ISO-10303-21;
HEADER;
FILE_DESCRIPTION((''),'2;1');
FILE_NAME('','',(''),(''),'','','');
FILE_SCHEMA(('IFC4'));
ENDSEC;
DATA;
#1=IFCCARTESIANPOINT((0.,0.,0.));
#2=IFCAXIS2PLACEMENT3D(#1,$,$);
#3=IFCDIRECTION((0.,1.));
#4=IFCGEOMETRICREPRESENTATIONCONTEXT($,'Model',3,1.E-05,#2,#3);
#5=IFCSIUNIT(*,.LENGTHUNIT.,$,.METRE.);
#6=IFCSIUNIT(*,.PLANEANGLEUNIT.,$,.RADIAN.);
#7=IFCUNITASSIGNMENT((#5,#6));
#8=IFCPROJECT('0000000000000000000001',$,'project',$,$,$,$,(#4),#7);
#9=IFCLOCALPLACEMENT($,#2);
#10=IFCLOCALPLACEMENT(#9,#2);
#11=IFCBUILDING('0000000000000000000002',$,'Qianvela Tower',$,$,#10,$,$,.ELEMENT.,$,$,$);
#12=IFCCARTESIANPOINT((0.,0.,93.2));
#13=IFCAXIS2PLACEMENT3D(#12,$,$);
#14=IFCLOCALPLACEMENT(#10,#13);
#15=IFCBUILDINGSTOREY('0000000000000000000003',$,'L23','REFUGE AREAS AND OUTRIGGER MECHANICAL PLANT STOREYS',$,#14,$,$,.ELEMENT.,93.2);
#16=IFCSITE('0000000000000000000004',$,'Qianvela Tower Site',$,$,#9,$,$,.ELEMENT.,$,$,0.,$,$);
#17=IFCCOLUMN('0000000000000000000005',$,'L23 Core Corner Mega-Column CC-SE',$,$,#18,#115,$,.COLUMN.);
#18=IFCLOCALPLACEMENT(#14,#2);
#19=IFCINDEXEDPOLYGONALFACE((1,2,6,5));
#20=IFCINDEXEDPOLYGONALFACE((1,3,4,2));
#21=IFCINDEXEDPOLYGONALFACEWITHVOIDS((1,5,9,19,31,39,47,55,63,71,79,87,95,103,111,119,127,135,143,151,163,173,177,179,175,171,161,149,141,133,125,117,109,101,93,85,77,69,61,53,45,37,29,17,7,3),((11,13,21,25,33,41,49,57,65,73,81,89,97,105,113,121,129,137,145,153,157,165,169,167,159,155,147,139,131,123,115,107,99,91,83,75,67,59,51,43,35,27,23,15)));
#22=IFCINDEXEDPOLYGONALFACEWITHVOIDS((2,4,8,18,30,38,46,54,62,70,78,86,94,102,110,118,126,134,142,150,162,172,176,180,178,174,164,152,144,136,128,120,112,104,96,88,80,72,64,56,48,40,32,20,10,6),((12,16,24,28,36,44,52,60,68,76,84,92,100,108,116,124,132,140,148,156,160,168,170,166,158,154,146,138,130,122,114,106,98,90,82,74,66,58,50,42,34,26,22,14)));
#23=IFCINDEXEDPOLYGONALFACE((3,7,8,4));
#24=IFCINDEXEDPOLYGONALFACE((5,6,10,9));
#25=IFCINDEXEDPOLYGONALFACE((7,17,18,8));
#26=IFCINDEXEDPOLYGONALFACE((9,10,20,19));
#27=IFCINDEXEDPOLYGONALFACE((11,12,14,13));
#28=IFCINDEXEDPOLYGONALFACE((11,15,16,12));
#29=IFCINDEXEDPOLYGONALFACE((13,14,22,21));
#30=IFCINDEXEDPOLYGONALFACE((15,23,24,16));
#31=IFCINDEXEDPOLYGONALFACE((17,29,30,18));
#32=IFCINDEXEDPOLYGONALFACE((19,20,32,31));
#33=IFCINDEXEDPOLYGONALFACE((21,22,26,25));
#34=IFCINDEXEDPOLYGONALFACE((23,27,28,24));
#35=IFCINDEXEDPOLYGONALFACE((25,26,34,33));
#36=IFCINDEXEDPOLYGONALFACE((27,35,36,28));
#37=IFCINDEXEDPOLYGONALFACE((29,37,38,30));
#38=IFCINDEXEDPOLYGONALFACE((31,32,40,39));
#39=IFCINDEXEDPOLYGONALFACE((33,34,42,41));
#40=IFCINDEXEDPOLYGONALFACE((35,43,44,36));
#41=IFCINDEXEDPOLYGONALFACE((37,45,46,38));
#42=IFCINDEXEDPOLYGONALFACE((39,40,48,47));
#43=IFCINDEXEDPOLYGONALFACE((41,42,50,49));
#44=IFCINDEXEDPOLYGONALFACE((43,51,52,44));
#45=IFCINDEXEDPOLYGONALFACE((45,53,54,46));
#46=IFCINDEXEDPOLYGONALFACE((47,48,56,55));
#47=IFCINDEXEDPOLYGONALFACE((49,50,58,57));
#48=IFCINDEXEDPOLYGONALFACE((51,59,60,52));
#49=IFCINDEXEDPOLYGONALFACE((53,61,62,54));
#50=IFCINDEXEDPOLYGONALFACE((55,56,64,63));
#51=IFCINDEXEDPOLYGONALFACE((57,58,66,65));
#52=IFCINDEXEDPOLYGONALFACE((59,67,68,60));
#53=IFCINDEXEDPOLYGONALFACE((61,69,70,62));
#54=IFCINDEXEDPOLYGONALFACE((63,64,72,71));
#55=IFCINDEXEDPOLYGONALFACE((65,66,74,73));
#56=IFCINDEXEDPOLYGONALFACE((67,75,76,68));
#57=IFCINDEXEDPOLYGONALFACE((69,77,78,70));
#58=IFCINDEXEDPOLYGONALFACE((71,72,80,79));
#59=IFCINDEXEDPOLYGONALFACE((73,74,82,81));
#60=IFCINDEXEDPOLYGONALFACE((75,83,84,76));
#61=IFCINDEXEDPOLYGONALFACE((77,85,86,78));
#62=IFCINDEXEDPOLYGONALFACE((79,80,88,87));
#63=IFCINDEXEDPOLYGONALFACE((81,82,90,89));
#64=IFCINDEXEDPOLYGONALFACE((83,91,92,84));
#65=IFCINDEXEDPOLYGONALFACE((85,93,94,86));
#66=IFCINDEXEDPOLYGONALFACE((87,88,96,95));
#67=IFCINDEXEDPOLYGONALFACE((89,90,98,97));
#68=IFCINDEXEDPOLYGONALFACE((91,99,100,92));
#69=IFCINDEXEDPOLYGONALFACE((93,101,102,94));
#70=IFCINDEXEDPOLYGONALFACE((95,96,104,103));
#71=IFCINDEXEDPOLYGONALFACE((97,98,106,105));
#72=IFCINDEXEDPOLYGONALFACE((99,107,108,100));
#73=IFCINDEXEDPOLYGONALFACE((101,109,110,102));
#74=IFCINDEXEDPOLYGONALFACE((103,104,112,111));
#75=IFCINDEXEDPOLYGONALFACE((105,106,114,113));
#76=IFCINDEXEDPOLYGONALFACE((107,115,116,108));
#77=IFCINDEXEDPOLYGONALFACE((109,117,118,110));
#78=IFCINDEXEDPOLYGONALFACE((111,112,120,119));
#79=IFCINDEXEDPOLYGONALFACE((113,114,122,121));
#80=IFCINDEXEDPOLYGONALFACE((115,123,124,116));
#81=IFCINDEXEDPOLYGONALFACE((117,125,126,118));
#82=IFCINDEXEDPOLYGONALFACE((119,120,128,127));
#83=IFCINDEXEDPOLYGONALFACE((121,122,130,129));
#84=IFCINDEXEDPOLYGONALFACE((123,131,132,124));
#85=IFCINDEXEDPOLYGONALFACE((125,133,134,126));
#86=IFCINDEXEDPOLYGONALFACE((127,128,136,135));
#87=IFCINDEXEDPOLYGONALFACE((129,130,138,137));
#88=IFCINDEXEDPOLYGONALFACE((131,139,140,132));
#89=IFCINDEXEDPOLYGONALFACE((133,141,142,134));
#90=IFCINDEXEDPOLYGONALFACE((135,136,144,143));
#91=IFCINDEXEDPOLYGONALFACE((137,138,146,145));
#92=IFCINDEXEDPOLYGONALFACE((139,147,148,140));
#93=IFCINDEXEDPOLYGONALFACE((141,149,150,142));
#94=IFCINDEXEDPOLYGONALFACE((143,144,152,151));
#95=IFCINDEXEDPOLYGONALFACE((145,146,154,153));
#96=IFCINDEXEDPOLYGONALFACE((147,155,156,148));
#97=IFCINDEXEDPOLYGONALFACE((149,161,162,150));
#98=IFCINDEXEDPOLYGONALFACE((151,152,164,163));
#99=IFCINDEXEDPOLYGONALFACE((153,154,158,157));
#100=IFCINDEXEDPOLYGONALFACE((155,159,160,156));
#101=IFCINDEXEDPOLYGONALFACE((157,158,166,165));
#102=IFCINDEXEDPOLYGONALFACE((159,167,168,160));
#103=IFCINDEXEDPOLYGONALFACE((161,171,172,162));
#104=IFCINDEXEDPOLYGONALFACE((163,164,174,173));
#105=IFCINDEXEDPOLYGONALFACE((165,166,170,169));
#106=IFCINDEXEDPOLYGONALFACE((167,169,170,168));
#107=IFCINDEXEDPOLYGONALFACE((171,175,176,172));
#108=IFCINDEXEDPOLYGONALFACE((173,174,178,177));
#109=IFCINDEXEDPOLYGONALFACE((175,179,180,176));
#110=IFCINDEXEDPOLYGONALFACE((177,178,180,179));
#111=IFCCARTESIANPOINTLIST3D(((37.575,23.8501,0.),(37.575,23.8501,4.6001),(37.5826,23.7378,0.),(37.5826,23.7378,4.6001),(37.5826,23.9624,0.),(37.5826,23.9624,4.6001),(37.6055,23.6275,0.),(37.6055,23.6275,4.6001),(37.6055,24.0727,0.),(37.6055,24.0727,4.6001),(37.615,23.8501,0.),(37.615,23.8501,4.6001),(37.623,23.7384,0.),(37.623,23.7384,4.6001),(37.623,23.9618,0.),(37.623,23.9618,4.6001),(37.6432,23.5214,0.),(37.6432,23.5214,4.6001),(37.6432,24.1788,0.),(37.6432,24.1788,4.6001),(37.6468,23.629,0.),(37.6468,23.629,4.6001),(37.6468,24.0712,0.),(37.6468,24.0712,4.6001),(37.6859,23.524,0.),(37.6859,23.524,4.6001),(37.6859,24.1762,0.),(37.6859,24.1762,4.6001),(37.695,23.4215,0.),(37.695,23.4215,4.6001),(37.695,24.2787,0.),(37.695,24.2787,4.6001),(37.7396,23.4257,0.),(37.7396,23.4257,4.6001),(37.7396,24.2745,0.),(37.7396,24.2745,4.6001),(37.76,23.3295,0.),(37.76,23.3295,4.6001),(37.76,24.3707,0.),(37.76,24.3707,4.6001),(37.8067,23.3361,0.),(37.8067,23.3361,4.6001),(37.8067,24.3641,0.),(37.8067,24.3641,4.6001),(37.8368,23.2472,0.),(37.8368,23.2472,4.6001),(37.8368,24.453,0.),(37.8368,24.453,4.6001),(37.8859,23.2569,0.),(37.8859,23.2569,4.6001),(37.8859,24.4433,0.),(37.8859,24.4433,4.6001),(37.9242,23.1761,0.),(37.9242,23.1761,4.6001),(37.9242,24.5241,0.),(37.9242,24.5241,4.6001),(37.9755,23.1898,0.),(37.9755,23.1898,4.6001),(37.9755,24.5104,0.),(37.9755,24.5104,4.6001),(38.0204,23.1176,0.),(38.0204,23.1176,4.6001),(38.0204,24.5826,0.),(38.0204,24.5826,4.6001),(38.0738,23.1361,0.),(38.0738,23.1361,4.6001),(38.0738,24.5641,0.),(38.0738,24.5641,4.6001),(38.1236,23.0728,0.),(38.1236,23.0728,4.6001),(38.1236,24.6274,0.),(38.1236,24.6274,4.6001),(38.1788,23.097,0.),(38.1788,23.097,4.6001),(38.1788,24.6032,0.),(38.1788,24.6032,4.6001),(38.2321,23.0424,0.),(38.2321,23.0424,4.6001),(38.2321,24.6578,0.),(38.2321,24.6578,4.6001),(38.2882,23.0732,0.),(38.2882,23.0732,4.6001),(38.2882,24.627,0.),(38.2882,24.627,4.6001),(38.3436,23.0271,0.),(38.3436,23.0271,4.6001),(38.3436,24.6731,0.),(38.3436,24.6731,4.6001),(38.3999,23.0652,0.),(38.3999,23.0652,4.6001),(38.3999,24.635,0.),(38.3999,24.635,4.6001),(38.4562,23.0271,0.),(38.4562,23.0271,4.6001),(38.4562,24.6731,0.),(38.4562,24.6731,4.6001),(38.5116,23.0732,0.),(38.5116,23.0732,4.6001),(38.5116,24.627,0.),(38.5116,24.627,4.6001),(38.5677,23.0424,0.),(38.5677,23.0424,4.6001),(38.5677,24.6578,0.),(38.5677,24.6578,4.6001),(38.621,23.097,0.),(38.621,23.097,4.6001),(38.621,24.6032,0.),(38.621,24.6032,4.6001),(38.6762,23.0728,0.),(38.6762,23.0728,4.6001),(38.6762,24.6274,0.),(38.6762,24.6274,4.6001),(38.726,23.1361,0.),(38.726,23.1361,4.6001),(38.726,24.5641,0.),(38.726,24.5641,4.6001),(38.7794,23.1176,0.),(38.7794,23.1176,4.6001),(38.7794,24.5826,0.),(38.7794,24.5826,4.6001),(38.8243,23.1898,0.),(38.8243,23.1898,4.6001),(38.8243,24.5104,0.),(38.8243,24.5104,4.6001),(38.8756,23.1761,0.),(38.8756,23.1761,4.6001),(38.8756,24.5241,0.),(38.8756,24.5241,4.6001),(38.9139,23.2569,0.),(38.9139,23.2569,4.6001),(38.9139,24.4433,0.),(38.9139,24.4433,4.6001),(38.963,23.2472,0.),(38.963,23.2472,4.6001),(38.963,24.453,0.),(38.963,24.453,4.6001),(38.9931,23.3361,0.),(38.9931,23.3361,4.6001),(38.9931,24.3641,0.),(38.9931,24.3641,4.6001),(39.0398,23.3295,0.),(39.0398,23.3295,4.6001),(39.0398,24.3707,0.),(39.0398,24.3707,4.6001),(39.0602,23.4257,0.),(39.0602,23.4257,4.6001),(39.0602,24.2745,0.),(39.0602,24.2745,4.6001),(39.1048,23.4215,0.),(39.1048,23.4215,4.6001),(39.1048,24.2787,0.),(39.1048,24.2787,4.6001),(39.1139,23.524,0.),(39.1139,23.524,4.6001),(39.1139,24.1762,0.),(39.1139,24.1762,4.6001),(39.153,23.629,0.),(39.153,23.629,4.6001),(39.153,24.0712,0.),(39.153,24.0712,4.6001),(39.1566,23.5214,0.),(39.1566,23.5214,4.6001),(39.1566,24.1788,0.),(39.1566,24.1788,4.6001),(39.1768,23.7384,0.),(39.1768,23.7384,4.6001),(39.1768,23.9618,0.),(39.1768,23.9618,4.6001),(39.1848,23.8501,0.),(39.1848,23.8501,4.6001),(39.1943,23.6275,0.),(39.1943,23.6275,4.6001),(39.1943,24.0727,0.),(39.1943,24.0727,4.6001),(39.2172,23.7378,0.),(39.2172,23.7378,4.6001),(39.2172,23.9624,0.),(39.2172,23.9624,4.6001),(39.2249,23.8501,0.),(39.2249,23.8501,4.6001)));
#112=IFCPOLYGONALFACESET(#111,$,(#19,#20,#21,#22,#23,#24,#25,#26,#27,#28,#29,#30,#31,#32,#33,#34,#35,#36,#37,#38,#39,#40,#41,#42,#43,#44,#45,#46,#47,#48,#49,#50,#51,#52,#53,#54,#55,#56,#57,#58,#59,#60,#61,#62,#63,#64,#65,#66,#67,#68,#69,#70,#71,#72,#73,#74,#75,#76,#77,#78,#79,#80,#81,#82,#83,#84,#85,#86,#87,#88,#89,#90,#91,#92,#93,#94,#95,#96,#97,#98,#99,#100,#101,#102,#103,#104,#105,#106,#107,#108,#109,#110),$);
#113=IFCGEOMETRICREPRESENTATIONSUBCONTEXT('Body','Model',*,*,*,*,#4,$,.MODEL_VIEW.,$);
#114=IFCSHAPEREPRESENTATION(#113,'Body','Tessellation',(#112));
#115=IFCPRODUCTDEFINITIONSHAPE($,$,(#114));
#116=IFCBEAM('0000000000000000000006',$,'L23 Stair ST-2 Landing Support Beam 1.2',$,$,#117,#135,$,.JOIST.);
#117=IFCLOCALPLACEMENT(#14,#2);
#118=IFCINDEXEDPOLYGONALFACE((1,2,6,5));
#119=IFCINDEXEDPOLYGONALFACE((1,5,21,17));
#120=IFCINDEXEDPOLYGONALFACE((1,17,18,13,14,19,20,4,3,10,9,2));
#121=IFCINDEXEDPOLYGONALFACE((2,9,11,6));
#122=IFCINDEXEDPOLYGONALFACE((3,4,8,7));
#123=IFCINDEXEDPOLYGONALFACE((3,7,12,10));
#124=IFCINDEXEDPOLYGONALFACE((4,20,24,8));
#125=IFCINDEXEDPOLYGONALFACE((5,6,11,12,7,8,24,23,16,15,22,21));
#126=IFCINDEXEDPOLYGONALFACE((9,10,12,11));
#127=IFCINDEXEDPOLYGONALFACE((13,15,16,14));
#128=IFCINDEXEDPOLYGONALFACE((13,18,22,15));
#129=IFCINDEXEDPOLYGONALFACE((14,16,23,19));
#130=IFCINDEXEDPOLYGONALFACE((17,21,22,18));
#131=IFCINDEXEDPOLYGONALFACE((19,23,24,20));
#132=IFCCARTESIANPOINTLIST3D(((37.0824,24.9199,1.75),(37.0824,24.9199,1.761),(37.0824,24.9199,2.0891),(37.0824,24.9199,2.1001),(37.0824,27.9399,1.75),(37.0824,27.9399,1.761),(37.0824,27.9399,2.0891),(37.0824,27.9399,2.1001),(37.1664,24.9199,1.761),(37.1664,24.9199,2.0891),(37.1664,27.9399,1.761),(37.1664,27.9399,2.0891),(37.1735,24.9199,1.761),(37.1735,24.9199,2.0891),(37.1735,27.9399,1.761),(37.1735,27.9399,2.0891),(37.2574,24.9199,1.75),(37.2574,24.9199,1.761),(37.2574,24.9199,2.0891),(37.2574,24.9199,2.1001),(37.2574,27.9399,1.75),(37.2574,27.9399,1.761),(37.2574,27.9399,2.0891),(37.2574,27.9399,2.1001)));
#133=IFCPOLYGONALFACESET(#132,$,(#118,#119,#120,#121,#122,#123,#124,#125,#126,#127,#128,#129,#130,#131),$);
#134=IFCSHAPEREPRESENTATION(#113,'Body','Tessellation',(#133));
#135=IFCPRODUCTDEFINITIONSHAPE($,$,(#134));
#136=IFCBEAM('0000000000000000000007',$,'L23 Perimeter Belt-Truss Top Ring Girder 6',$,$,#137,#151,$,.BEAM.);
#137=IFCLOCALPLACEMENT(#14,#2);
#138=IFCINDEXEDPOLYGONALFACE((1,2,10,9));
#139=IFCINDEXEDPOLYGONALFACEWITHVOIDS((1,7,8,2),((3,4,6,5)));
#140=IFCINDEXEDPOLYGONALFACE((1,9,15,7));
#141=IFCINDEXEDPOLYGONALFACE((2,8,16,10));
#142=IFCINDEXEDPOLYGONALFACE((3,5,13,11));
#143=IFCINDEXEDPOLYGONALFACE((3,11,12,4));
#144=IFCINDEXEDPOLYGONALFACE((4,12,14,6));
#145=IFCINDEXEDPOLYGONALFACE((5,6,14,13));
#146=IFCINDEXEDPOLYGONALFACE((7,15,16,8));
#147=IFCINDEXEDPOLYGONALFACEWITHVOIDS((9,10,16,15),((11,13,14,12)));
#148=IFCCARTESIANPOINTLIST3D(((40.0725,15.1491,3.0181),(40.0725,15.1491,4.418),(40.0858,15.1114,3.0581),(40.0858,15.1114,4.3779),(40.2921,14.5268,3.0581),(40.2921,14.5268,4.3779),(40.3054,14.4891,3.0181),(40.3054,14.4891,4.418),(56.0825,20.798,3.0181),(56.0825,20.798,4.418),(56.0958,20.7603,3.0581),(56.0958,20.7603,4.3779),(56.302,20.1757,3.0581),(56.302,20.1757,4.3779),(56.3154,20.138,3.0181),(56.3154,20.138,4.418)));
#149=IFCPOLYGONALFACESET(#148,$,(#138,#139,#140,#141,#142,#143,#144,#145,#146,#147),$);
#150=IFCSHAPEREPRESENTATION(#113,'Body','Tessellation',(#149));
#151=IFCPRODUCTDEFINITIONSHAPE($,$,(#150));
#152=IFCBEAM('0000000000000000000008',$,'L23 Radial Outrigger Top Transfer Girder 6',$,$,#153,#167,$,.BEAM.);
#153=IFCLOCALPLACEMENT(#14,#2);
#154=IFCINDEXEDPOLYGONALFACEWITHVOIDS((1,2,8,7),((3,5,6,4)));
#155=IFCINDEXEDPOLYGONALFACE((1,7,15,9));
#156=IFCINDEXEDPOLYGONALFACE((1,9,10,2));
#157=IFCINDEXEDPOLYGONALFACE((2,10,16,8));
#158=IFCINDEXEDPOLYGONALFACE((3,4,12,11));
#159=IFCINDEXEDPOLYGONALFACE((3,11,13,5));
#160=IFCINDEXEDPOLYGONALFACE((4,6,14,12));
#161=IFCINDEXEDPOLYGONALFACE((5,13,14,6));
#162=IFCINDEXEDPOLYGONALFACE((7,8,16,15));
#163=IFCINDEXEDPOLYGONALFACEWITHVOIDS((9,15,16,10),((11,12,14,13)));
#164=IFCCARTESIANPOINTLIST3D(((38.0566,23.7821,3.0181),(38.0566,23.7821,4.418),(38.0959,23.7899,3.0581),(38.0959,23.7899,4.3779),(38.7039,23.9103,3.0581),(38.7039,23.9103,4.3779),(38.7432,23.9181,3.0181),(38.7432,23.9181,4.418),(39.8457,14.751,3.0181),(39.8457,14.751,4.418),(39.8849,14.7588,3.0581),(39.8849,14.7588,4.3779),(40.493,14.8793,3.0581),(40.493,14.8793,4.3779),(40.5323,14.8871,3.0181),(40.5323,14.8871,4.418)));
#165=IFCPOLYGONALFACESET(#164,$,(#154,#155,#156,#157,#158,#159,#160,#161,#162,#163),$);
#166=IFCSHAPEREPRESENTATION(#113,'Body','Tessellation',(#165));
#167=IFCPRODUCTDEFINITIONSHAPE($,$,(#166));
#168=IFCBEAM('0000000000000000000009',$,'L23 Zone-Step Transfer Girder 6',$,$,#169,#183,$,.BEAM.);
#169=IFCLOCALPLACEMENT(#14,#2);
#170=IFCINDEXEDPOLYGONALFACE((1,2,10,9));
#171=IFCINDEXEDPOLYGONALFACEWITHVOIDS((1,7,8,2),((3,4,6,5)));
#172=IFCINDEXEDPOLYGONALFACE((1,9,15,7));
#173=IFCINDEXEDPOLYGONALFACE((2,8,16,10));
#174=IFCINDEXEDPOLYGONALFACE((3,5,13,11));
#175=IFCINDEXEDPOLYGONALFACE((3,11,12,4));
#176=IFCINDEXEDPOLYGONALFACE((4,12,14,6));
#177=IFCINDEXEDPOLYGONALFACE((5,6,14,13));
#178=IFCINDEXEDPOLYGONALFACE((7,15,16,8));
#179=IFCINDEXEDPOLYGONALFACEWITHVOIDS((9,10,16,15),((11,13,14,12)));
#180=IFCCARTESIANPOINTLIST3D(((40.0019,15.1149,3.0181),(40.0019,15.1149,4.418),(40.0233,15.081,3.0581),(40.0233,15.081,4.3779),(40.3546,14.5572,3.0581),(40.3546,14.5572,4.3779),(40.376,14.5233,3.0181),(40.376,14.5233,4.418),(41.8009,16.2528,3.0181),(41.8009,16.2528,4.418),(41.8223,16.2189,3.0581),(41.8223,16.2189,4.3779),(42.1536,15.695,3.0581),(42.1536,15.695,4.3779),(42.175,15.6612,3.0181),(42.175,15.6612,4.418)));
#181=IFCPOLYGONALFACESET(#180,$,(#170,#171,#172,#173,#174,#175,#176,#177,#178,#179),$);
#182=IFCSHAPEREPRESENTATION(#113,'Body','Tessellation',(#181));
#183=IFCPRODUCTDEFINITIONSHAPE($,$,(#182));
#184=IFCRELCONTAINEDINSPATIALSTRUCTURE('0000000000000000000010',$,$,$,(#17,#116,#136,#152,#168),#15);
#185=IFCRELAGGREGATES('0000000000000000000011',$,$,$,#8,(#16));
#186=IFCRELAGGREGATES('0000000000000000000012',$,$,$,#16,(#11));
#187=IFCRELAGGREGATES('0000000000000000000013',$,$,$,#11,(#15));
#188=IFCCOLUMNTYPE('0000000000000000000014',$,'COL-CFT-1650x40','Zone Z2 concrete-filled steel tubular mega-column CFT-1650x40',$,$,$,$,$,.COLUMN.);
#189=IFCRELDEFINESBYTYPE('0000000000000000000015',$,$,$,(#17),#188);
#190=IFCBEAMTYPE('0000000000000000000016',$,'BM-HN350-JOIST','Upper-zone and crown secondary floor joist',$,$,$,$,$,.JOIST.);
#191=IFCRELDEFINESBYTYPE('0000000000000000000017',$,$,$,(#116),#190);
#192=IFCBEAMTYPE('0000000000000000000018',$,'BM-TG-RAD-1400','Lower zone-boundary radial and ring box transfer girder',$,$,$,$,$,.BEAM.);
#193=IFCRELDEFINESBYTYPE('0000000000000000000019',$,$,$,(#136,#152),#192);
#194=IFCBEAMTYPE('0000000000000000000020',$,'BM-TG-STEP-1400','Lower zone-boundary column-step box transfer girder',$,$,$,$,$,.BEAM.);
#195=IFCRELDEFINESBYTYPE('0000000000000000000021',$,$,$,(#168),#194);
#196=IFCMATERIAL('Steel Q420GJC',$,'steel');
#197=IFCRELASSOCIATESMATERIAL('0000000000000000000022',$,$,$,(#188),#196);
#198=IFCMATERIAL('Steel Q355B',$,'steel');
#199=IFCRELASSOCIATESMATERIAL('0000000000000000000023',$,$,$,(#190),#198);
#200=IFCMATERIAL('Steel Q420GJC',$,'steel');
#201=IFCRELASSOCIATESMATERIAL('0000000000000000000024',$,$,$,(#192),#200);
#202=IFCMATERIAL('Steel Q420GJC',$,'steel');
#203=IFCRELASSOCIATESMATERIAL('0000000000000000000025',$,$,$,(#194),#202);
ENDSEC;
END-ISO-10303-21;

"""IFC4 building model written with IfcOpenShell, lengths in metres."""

from ifc_helpers import new_model, si_unit, direction, frame, origin, origin_2d, place, context, subcontext, project, spatial, hollow_rectangle, hollow_circle, i_section, extrude, material, material_profile, profile_set, type_object, element, save


model = new_model("IFC4")

# Units and contexts
model_context = context("Model", 3, precision=1e-05, world=origin(), true_north=direction((0.0, 1.0)))
body_context = subcontext(model_context, "Body", "Model", "MODEL_VIEW")
ifc_project = project(units=[si_unit("LENGTHUNIT", "METRE"), si_unit("PLANEANGLEUNIT", "RADIAN")], contexts=[model_context])

# Site, building, storey
site_placement = place(None, origin())
site = spatial("IfcSite", under=ifc_project, at=site_placement, Name="Qianvela Tower Site", CompositionType="ELEMENT", RefElevation=0.0)
building_placement = place(site_placement, origin())
building = spatial("IfcBuilding", under=site, at=building_placement, Name="Qianvela Tower", CompositionType="ELEMENT")
storey_placement = place(building_placement, frame((0.0, 0.0, 93.2)))
storey = spatial("IfcBuildingStorey", under=building, at=storey_placement, Name="L23", Description="REFUGE AREAS AND OUTRIGGER MECHANICAL PLANT STOREYS", CompositionType="ELEMENT", Elevation=93.2)

# Column
ifc_material_1 = material(Name="Steel Q420GJC", Category="steel")
ifc_material_profile_1 = material_profile(ifc_material_1, hollow_circle(Radius=0.825, WallThickness=0.04, at=origin_2d()), Name="CFT-1650x40")
ifc_profile_set_1 = profile_set([ifc_material_profile_1], Name="Steel Q420GJC")
column_type = type_object("IfcColumnType", Name="COL-CFT-1650x40", Description="Zone Z2 concrete-filled steel tubular mega-column CFT-1650x40", PredefinedType="COLUMN", material=ifc_profile_set_1)
column_placement = place(storey_placement, frame((38.3999, 23.8501, 0.0), z_axis=(0.0, 0.0, 1.0), x_axis=(1.0, 0.0, 0.0)))
element("IfcColumn", 1, at=column_placement, inside=storey, type_object=column_type, Name="L23 Core Corner Mega-Column CC-SE", PredefinedType="COLUMN", context=body_context, shape_type="SweptSolid", body=[
    extrude(hollow_circle(Radius=0.825, WallThickness=0.04, at=origin_2d()), origin(), (0.0, 0.0, 1.0), 4.6001),
])

# Beams
ifc_material_2 = material(Name="Steel Q355B", Category="steel")
ifc_material_profile_2 = material_profile(ifc_material_2, i_section(OverallWidth=0.175, OverallDepth=0.3501, WebThickness=0.0071, FlangeThickness=0.011, at=origin_2d()), Name="HN350x175x7x11")
ifc_profile_set_2 = profile_set([ifc_material_profile_2], Name="Steel Q355B")
beam_type_1 = type_object("IfcBeamType", Name="BM-HN350-JOIST", Description="Upper-zone and crown secondary floor joist", PredefinedType="JOIST", material=ifc_profile_set_2)
beam_1_placement = place(storey_placement, frame((37.1699, 24.9199, 1.925), z_axis=(0.0, 1.0, 0.0), x_axis=(-1.0, 0.0, 0.0)))
element("IfcBeam", 2, at=beam_1_placement, inside=storey, type_object=beam_type_1, Name="L23 Stair ST-2 Landing Support Beam 1.2", PredefinedType="JOIST", context=body_context, shape_type="SweptSolid", body=[
    extrude(i_section(OverallWidth=0.175, OverallDepth=0.3501, WebThickness=0.0071, FlangeThickness=0.011, at=origin_2d()), origin(), (0.0, 0.0, 1.0), 3.02),
])
ifc_material_3 = material(Name="Steel Q420GJC", Category="steel")
ifc_material_profile_3 = material_profile(ifc_material_3, hollow_rectangle(XDim=0.7, YDim=1.3999, WallThickness=0.04, at=origin_2d()), Name="TG-BOX-1400x700x40")
ifc_profile_set_3 = profile_set([ifc_material_profile_3], Name="Steel Q420GJC")
beam_type_2 = type_object("IfcBeamType", Name="BM-TG-RAD-1400", Description="Lower zone-boundary radial and ring box transfer girder", PredefinedType="BEAM", material=ifc_profile_set_3)
beam_2_placement = place(storey_placement, frame((40.189, 14.8191, 3.718), z_axis=(0.943021, 0.332733, 0.0), x_axis=(-0.332733, 0.943021, 0.0)))
element("IfcBeam", 3, at=beam_2_placement, inside=storey, type_object=beam_type_2, Name="L23 Perimeter Belt-Truss Top Ring Girder 6", PredefinedType="BEAM", context=body_context, shape_type="SweptSolid", body=[
    extrude(hollow_rectangle(XDim=0.7, YDim=1.3999, WallThickness=0.04, at=origin_2d()), origin(), (0.0, 0.0, 1.0), 16.9773),
])
beam_3_placement = place(storey_placement, frame((38.3999, 23.8501, 3.718), z_axis=(0.194326, -0.980937, 0.0), x_axis=(0.980937, 0.194326, 0.0)))
element("IfcBeam", 4, at=beam_3_placement, inside=storey, type_object=beam_type_2, Name="L23 Radial Outrigger Top Transfer Girder 6", PredefinedType="BEAM", context=body_context, shape_type="SweptSolid", body=[
    extrude(hollow_rectangle(XDim=0.7, YDim=1.3999, WallThickness=0.04, at=origin_2d()), origin(), (0.0, 0.0, 1.0), 9.2065),
])
ifc_material_4 = material(Name="Steel Q420GJC", Category="steel")
ifc_material_profile_4 = material_profile(ifc_material_4, hollow_rectangle(XDim=0.7, YDim=1.3999, WallThickness=0.04, at=origin_2d()), Name="TG-BOX-1400x700x40")
ifc_profile_set_4 = profile_set([ifc_material_profile_4], Name="Steel Q420GJC")
beam_type_3 = type_object("IfcBeamType", Name="BM-TG-STEP-1400", Description="Lower zone-boundary column-step box transfer girder", PredefinedType="BEAM", material=ifc_profile_set_4)
beam_4_placement = place(storey_placement, frame((40.189, 14.8191, 3.718), z_axis=(0.845132, 0.534558, 0.0), x_axis=(-0.534558, 0.845132, 0.0)))
element("IfcBeam", 5, at=beam_4_placement, inside=storey, type_object=beam_type_3, Name="L23 Zone-Step Transfer Girder 6", PredefinedType="BEAM", context=body_context, shape_type="SweptSolid", body=[
    extrude(hollow_rectangle(XDim=0.7, YDim=1.3999, WallThickness=0.04, at=origin_2d()), origin(), (0.0, 0.0, 1.0), 2.1287),
])

save(model, "model.ifc")
